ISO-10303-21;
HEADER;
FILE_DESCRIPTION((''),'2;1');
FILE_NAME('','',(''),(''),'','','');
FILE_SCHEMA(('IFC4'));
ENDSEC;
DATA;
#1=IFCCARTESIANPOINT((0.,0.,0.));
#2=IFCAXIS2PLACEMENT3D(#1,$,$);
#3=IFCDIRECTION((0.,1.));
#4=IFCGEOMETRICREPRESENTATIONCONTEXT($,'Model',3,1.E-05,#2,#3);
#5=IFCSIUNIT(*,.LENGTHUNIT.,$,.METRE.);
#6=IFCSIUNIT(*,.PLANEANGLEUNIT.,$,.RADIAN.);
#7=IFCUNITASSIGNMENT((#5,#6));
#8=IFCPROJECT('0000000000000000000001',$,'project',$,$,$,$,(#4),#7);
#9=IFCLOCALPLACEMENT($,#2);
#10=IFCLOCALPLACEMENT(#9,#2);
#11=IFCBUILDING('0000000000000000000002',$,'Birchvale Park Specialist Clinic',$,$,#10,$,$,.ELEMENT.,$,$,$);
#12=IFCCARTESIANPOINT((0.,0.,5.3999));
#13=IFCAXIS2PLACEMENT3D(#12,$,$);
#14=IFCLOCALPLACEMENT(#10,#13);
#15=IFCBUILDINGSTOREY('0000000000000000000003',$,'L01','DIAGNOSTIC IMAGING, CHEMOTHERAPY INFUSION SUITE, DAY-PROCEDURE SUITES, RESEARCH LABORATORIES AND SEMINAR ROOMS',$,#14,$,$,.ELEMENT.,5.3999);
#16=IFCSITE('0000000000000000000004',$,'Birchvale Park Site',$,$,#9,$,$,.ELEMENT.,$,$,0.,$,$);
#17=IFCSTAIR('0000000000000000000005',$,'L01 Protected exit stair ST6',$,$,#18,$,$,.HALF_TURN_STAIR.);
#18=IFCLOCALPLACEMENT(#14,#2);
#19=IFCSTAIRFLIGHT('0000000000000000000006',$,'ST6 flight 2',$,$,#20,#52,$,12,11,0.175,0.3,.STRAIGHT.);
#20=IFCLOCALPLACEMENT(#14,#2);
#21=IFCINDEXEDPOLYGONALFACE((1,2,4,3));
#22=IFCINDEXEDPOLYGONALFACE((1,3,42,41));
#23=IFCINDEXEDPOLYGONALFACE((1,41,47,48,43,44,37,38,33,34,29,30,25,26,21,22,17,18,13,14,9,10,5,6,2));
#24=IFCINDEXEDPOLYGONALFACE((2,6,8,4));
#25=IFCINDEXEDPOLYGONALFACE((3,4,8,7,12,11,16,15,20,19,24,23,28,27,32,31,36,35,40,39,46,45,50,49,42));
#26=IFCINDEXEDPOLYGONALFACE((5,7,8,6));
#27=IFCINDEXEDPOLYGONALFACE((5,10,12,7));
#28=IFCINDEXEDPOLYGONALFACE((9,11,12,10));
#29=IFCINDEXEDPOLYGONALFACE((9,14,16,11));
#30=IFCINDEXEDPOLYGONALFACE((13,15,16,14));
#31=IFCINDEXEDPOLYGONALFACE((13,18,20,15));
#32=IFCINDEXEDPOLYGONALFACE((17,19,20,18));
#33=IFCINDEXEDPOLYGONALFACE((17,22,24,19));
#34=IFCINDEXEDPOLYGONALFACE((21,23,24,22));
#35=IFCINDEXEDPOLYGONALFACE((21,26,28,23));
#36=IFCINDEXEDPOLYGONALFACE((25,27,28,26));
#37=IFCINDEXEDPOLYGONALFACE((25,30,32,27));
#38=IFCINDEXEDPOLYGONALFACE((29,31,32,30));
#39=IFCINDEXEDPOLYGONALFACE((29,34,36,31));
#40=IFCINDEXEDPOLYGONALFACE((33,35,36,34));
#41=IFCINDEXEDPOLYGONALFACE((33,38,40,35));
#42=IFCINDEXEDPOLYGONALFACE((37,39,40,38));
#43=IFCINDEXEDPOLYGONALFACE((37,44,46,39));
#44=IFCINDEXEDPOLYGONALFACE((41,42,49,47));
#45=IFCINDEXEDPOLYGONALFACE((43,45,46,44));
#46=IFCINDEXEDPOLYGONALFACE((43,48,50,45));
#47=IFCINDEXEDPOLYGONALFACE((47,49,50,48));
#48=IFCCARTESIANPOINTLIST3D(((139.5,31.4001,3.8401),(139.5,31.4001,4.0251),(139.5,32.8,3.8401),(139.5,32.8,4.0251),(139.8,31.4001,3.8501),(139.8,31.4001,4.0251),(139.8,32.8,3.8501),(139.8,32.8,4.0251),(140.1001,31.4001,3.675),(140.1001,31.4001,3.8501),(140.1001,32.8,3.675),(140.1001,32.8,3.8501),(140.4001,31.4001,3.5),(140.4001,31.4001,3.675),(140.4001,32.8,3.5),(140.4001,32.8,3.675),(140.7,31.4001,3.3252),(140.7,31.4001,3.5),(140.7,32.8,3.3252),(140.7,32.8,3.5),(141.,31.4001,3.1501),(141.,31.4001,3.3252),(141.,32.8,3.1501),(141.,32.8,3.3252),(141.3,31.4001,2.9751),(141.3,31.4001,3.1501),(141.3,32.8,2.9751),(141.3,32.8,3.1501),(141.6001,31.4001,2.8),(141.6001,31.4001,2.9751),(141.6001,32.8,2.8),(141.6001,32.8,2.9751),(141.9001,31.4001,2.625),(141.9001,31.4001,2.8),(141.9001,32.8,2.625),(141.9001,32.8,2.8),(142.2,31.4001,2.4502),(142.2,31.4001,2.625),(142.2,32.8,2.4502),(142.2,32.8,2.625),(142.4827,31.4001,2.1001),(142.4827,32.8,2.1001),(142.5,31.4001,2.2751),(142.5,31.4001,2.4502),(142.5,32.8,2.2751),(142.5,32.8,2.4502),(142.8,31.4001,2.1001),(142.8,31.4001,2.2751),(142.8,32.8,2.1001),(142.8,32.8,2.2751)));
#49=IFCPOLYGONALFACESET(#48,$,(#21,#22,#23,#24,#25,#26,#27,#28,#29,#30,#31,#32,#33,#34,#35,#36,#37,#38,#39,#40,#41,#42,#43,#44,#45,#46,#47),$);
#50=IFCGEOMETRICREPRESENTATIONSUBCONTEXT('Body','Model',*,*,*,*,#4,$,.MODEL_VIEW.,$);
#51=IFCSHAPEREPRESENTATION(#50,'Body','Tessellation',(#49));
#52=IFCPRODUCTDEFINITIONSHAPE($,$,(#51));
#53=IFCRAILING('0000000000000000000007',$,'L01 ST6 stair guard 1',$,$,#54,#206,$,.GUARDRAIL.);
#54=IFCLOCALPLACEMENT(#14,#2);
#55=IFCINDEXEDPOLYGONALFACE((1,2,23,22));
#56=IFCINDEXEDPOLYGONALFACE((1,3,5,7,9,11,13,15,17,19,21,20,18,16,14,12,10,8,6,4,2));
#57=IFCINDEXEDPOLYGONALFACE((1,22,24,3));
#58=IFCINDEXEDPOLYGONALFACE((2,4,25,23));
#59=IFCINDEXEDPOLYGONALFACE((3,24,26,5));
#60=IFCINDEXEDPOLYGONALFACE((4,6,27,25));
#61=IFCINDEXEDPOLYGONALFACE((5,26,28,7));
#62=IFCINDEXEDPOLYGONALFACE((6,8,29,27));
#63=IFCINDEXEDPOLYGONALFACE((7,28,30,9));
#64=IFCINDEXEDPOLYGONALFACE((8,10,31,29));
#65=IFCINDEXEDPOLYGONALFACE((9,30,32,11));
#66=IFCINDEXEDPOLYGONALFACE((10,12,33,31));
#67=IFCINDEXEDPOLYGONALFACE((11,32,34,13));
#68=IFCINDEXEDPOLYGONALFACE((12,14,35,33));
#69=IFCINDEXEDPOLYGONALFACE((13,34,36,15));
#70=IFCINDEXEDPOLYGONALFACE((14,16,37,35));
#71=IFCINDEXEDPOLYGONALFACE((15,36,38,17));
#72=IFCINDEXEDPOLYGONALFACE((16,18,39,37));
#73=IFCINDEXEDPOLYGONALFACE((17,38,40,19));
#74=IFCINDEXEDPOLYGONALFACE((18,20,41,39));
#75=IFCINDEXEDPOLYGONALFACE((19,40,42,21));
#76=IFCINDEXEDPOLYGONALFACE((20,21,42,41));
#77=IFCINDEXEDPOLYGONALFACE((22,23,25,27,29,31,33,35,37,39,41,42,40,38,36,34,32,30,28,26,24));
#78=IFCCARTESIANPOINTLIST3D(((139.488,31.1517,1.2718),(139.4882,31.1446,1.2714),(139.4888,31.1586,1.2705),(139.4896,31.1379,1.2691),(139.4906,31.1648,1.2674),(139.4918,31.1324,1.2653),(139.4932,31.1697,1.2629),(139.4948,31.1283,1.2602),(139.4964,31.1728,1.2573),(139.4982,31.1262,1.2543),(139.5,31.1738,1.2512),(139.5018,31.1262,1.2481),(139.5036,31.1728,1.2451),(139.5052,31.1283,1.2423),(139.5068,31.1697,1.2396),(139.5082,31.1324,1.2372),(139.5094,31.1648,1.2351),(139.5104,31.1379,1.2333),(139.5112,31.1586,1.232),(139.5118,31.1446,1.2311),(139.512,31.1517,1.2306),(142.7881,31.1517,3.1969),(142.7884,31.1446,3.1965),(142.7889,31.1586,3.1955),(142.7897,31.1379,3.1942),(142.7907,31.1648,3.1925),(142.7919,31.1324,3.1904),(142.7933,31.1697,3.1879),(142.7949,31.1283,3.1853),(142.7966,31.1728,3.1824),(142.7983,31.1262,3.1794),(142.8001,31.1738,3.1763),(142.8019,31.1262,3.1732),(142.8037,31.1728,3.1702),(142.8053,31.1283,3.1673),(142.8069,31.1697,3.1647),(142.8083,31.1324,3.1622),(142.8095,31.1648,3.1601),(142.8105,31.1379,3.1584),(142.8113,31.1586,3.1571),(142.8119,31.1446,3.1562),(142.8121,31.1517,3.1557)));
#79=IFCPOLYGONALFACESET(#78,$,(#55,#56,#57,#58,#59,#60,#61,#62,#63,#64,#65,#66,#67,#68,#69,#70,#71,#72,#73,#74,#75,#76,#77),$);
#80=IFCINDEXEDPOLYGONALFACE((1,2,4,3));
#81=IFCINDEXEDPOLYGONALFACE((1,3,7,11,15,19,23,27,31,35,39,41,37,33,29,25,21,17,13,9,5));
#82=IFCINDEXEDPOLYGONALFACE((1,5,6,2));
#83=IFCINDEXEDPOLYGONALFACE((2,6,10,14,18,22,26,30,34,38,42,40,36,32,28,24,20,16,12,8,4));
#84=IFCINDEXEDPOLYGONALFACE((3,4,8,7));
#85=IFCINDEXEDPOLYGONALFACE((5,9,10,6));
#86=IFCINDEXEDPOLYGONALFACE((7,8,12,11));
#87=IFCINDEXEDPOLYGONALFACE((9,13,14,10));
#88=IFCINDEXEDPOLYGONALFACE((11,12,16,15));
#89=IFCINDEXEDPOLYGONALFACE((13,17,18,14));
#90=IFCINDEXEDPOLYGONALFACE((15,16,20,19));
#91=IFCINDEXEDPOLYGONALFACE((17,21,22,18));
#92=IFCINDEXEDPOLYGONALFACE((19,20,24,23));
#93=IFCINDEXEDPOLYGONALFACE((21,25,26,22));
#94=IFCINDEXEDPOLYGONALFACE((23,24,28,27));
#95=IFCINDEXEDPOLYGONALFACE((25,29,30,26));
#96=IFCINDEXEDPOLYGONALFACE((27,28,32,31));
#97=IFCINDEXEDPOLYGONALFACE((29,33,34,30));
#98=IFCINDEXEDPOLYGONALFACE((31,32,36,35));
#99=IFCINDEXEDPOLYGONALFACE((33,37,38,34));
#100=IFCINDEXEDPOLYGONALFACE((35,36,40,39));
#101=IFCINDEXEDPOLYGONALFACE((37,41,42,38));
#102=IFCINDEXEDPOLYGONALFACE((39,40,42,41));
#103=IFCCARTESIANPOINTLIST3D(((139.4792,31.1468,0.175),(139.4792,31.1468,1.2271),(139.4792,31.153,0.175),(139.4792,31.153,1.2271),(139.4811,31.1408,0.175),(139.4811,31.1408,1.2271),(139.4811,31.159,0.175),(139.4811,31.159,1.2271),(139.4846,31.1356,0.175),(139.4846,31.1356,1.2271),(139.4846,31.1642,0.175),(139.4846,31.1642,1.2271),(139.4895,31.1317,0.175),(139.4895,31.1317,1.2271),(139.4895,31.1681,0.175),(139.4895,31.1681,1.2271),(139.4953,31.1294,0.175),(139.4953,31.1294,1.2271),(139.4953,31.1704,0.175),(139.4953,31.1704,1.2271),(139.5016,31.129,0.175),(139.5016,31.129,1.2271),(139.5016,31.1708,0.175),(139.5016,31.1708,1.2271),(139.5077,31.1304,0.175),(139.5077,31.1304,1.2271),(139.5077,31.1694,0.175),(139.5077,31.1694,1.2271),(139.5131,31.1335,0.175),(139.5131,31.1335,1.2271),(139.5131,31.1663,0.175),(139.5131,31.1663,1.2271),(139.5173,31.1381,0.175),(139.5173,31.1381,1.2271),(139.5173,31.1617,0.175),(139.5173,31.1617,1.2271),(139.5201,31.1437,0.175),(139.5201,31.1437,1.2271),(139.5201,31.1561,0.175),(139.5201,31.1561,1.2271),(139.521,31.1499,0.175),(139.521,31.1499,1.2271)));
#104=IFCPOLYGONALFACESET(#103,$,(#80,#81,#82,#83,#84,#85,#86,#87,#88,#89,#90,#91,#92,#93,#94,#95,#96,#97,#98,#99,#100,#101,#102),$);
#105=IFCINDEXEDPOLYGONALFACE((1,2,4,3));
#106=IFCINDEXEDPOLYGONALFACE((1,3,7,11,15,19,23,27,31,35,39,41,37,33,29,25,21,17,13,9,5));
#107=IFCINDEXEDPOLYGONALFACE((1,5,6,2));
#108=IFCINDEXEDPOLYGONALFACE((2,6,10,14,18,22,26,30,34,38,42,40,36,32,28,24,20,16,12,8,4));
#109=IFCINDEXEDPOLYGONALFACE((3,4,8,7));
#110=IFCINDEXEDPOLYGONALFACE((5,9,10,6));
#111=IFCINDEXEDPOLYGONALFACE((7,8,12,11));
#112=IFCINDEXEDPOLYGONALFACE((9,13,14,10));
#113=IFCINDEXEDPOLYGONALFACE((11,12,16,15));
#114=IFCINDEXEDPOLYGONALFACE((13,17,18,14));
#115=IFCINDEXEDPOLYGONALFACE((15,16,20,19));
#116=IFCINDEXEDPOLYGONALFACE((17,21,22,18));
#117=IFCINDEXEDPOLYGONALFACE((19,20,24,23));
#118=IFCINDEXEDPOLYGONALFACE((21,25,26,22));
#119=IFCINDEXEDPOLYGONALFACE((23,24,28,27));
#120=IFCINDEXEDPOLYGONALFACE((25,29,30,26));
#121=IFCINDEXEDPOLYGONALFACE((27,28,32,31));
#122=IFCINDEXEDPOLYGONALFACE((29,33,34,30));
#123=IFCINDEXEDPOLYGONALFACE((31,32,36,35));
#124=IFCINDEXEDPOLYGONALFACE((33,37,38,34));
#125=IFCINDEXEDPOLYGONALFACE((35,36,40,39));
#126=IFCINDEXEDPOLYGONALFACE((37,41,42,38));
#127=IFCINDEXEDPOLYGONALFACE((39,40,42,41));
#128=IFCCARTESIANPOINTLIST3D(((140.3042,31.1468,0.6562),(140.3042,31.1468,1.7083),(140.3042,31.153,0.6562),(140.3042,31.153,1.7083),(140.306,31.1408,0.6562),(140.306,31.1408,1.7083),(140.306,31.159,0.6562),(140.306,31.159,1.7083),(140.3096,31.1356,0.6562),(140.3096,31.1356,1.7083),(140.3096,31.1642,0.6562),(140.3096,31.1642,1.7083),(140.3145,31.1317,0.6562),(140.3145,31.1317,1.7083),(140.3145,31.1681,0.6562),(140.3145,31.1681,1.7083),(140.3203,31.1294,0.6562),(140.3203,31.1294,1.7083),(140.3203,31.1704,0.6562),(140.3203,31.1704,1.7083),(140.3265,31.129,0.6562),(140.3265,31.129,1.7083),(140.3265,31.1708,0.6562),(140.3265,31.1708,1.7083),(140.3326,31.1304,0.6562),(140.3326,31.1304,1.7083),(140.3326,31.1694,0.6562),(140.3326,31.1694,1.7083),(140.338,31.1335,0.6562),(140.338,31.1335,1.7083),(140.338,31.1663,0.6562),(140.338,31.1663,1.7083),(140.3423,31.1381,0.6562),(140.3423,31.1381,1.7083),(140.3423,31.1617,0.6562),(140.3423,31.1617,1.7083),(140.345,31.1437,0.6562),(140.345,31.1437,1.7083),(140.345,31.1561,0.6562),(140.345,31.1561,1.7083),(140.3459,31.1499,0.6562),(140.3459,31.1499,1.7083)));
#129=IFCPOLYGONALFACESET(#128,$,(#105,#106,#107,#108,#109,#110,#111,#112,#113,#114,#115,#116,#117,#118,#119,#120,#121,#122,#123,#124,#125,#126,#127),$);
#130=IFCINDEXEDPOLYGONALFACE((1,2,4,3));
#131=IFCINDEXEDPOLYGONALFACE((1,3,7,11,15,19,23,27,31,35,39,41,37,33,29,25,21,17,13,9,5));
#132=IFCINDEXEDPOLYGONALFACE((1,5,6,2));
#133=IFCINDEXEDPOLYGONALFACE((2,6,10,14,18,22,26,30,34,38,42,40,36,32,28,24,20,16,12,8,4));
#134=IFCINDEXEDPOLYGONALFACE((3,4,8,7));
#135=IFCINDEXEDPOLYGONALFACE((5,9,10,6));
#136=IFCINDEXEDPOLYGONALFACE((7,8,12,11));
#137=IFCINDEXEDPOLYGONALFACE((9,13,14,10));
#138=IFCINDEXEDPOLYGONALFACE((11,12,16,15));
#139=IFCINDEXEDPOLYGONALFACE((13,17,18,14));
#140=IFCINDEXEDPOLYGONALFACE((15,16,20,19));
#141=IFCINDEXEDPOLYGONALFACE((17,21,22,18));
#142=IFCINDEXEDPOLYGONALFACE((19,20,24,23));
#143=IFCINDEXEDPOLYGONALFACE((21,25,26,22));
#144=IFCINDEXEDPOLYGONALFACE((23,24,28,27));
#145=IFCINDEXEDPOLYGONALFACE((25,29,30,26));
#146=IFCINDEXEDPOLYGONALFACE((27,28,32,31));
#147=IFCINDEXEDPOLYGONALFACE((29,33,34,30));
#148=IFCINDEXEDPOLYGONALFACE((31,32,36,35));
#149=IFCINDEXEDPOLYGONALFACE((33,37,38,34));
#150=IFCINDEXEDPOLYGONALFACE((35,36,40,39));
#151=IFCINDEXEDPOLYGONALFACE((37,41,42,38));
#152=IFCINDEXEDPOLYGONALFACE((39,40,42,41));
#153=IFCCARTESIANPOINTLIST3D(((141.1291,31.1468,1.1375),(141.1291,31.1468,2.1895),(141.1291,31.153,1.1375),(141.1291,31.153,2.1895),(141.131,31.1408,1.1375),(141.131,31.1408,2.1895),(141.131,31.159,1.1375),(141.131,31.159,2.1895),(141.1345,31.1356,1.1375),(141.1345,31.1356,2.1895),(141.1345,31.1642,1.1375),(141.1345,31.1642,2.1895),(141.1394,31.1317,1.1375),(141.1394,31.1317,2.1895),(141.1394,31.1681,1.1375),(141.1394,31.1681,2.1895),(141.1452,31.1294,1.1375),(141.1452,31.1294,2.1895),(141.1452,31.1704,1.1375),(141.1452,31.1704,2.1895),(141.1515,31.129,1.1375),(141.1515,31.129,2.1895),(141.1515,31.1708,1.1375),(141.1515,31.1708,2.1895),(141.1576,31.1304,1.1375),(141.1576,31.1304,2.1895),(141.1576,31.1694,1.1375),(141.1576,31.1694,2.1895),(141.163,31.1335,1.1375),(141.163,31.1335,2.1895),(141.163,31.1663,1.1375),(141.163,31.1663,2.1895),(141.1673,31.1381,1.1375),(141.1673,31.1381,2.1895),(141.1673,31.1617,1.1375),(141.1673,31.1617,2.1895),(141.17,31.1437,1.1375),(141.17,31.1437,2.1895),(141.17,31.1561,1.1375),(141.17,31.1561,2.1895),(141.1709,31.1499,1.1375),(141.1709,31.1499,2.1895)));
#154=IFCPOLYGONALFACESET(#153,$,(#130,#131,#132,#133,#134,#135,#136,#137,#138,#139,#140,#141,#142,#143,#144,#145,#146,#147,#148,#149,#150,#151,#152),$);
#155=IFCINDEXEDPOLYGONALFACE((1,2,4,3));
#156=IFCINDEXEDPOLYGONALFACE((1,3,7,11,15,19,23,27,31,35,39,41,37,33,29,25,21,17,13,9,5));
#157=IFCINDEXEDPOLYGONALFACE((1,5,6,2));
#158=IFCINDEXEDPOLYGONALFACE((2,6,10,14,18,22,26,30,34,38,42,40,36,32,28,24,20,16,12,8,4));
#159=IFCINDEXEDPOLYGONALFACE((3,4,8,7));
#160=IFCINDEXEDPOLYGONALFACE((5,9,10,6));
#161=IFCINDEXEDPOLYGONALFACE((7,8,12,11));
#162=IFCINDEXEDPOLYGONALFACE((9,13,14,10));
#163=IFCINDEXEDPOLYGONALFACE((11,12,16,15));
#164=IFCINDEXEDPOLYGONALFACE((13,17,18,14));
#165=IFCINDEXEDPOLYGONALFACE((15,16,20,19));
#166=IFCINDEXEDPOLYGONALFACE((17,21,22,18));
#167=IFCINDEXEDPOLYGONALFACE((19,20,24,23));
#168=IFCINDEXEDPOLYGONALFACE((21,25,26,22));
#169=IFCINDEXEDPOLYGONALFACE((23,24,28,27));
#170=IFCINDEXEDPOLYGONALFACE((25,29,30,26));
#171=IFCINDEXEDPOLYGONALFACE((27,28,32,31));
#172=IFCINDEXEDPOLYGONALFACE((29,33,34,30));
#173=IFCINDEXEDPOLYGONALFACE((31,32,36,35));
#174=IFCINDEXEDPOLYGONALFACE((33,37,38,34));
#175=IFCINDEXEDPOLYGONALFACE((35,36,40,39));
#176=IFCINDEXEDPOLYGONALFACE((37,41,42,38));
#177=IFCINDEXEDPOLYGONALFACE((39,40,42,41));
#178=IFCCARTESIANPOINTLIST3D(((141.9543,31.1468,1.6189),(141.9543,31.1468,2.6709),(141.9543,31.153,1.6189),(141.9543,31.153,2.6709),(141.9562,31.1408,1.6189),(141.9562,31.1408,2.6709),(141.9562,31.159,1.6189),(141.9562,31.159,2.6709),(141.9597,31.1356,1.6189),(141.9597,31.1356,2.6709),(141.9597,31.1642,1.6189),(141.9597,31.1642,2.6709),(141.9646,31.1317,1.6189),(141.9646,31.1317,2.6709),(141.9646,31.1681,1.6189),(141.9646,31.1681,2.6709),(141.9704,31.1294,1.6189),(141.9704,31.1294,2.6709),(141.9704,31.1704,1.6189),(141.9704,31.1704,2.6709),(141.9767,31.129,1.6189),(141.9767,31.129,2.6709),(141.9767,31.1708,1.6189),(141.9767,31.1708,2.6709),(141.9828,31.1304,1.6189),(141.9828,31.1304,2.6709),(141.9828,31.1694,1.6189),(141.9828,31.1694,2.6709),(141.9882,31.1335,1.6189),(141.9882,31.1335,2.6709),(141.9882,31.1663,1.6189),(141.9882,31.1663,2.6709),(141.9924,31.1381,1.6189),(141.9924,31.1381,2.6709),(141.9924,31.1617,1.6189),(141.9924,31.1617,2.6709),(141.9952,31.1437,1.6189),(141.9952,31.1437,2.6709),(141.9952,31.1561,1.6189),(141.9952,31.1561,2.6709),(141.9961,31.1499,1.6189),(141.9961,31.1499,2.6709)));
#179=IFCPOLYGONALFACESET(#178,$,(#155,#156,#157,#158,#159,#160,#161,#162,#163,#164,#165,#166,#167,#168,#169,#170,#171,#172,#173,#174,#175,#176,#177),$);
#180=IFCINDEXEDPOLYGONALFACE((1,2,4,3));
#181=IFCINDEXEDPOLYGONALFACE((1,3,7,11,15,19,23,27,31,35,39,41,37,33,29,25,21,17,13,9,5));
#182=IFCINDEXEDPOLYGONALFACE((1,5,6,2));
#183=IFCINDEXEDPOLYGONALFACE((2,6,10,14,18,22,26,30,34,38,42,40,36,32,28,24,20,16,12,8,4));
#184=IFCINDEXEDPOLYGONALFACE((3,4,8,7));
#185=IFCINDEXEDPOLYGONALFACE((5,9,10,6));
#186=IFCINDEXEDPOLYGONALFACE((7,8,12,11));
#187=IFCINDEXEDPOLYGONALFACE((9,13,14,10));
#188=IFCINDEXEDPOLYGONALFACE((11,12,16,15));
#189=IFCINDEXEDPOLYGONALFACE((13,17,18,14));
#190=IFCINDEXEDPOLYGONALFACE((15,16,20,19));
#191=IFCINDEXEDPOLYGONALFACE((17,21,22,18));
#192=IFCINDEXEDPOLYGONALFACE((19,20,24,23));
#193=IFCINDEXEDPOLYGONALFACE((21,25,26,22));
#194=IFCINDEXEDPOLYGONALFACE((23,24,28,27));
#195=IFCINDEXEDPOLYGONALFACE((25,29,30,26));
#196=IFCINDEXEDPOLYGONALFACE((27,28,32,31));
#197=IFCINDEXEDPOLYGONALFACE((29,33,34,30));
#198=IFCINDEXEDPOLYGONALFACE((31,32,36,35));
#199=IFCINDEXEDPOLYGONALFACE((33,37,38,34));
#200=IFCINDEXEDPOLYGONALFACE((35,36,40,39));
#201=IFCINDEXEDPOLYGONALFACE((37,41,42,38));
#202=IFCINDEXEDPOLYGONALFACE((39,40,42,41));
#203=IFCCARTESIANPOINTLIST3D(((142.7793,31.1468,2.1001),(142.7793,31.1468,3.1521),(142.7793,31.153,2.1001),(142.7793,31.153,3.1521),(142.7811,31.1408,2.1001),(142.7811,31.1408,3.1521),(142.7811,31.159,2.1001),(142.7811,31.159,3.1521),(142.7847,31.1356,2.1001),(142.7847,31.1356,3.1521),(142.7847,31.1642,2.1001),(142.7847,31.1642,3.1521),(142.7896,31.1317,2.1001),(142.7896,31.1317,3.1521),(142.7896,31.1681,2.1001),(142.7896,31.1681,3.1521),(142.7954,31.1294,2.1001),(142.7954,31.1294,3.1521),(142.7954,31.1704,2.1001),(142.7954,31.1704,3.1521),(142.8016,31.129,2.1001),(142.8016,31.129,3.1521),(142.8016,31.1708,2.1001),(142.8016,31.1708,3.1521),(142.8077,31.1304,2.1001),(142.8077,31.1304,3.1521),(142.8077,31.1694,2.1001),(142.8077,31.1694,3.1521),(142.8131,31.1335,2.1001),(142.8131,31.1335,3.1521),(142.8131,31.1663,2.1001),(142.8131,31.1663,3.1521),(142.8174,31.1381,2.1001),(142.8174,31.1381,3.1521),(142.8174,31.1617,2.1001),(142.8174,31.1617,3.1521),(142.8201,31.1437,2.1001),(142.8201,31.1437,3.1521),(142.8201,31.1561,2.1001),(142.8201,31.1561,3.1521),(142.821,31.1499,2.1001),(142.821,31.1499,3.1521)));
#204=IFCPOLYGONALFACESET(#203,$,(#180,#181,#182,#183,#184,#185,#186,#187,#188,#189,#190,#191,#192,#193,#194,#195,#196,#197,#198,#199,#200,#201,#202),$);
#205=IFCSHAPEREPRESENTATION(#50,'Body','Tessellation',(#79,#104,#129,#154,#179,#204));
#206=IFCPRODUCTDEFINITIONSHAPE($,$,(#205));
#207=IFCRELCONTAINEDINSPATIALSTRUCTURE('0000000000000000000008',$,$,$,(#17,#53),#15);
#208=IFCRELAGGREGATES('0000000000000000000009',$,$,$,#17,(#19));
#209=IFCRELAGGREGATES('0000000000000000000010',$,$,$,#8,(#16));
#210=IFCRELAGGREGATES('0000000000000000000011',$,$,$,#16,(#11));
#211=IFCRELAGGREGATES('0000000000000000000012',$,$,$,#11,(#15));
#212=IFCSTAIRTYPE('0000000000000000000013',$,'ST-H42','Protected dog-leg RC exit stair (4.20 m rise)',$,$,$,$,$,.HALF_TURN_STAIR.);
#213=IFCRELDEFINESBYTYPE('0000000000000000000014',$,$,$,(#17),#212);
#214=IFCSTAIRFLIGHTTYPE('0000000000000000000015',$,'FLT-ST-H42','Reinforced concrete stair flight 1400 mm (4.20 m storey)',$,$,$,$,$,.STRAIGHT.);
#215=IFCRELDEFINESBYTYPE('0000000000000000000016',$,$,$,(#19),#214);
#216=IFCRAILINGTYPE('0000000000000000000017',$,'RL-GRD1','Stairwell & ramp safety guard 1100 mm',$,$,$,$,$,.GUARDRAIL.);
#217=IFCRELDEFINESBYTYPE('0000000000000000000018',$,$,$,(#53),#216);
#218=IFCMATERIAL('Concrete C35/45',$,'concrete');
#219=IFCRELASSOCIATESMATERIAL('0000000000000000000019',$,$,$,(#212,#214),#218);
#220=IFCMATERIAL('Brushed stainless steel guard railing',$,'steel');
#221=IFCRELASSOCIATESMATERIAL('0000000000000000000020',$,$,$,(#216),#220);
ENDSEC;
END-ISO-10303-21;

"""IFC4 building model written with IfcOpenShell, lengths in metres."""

from ifc_helpers import new_model, si_unit, direction, frame, origin, origin_2d, place, context, subcontext, project, spatial, polyline, circle, outline, extrude, material, type_object, element, aggregate, save


model = new_model("IFC4")

# Units and contexts
model_context = context("Model", 3, precision=1e-05, world=origin(), true_north=direction((0.0, 1.0)))
body_context = subcontext(model_context, "Body", "Model", "MODEL_VIEW")
ifc_project = project(units=[si_unit("LENGTHUNIT", "METRE"), si_unit("PLANEANGLEUNIT", "RADIAN")], contexts=[model_context])

# Site, building, storey
site_placement = place(None, origin())
site = spatial("IfcSite", under=ifc_project, at=site_placement, Name="Birchvale Park Site", CompositionType="ELEMENT", RefElevation=0.0)
building_placement = place(site_placement, origin())
building = spatial("IfcBuilding", under=site, at=building_placement, Name="Birchvale Park Specialist Clinic", CompositionType="ELEMENT")
storey_placement = place(building_placement, frame((0.0, 0.0, 5.3999)))
storey = spatial("IfcBuildingStorey", under=building, at=storey_placement, Name="L01", Description="DIAGNOSTIC IMAGING, CHEMOTHERAPY INFUSION SUITE, DAY-PROCEDURE SUITES, RESEARCH LABORATORIES AND SEMINAR ROOMS", CompositionType="ELEMENT", Elevation=5.3999)

# Stair, stair flight
ifc_material_1 = material(Name="Concrete C35/45", Category="concrete")
stair_type = type_object("IfcStairType", Name="ST-H42", Description="Protected dog-leg RC exit stair (4.20 m rise)", PredefinedType="HALF_TURN_STAIR", material=ifc_material_1)
stair_placement = place(storey_placement, origin())
stair = element("IfcStair", 1, at=stair_placement, inside=storey, type_object=stair_type, Name="L01 Protected exit stair ST6", PredefinedType="HALF_TURN_STAIR")
stair_flight_type = type_object("IfcStairFlightType", Name="FLT-ST-H42", Description="Reinforced concrete stair flight 1400 mm (4.20 m storey)", PredefinedType="STRAIGHT", material=ifc_material_1)
stair_flight_1_placement = place(storey_placement, frame((142.8, 32.1001, 2.1001), z_axis=(0.0, 0.0, 1.0), x_axis=(-1.0, 0.0, 0.0)))
stair_flight_1 = element("IfcStairFlight", 2, at=stair_flight_1_placement, type_object=stair_flight_type, Name="ST6 flight 2", NumberOfRisers=12, NumberOfTreads=11, PredefinedType="STRAIGHT", RiserHeight=0.175, TreadLength=0.3, context=body_context, shape_type="SweptSolid", body=[
    extrude(outline(polyline([(0.0, 0.0), (0.0, 0.175), (0.3, 0.175), (0.3, 0.3501), (0.6001, 0.3501), (0.6001, 0.5249), (0.8999, 0.5249), (0.8999, 0.7), (1.2, 0.7), (1.2, 0.875), (1.5, 0.875), (1.5, 1.05), (1.8, 1.05), (1.8, 1.2251), (2.1001, 1.2251), (2.1001, 1.3999), (2.3999, 1.3999), (2.3999, 1.575), (2.7, 1.575), (2.7, 1.75), (3.0, 1.75), (3.0, 1.925), (3.3, 1.925), (3.3, 2.1001), (3.3, 1.74), (0.3174, 0.0), (0.0, 0.0)])), frame((0.0, 0.7, 0.0), z_axis=(0.0, -1.0, 0.0), x_axis=(1.0, 0.0, 0.0)), (0.0, 0.0, 1.0), 1.3999),
])
aggregate(stair, [stair_flight_1])

# Railing
ifc_material_2 = material(Name="Brushed stainless steel guard railing", Category="steel")
railing_type_1 = type_object("IfcRailingType", Name="RL-GRD1", Description="Stairwell & ramp safety guard 1100 mm", PredefinedType="GUARDRAIL", material=ifc_material_2)
railing_1_placement = place(storey_placement, frame((139.5, 31.1499, 0.175)))
element("IfcRailing", 3, at=railing_1_placement, inside=storey, type_object=railing_type_1, Name="L01 ST6 stair guard 1", PredefinedType="GUARDRAIL", context=body_context, shape_type="SweptSolid", body=[
    extrude(circle(Radius=0.0239, at=origin_2d()), frame((0.0, 0.0, 1.0762), z_axis=(0.863777, 0.0, 0.503875), x_axis=(0.0, 1.0, 0.0)), (0.0, 0.0, 1.0), 3.8206),
    extrude(circle(Radius=0.021, at=origin_2d()), origin(), (0.0, 0.0, 1.0), 1.052),
    extrude(circle(Radius=0.021, at=origin_2d()), frame((0.825, 0.0, 0.4812)), (0.0, 0.0, 1.0), 1.052),
    extrude(circle(Radius=0.021, at=origin_2d()), frame((1.6499, 0.0, 0.9624)), (0.0, 0.0, 1.0), 1.052),
    extrude(circle(Radius=0.021, at=origin_2d()), frame((2.4751, 0.0, 1.4438)), (0.0, 0.0, 1.0), 1.052),
    extrude(circle(Radius=0.021, at=origin_2d()), frame((3.3, 0.0, 1.925)), (0.0, 0.0, 1.0), 1.052),
])

save(model, "model.ifc")
